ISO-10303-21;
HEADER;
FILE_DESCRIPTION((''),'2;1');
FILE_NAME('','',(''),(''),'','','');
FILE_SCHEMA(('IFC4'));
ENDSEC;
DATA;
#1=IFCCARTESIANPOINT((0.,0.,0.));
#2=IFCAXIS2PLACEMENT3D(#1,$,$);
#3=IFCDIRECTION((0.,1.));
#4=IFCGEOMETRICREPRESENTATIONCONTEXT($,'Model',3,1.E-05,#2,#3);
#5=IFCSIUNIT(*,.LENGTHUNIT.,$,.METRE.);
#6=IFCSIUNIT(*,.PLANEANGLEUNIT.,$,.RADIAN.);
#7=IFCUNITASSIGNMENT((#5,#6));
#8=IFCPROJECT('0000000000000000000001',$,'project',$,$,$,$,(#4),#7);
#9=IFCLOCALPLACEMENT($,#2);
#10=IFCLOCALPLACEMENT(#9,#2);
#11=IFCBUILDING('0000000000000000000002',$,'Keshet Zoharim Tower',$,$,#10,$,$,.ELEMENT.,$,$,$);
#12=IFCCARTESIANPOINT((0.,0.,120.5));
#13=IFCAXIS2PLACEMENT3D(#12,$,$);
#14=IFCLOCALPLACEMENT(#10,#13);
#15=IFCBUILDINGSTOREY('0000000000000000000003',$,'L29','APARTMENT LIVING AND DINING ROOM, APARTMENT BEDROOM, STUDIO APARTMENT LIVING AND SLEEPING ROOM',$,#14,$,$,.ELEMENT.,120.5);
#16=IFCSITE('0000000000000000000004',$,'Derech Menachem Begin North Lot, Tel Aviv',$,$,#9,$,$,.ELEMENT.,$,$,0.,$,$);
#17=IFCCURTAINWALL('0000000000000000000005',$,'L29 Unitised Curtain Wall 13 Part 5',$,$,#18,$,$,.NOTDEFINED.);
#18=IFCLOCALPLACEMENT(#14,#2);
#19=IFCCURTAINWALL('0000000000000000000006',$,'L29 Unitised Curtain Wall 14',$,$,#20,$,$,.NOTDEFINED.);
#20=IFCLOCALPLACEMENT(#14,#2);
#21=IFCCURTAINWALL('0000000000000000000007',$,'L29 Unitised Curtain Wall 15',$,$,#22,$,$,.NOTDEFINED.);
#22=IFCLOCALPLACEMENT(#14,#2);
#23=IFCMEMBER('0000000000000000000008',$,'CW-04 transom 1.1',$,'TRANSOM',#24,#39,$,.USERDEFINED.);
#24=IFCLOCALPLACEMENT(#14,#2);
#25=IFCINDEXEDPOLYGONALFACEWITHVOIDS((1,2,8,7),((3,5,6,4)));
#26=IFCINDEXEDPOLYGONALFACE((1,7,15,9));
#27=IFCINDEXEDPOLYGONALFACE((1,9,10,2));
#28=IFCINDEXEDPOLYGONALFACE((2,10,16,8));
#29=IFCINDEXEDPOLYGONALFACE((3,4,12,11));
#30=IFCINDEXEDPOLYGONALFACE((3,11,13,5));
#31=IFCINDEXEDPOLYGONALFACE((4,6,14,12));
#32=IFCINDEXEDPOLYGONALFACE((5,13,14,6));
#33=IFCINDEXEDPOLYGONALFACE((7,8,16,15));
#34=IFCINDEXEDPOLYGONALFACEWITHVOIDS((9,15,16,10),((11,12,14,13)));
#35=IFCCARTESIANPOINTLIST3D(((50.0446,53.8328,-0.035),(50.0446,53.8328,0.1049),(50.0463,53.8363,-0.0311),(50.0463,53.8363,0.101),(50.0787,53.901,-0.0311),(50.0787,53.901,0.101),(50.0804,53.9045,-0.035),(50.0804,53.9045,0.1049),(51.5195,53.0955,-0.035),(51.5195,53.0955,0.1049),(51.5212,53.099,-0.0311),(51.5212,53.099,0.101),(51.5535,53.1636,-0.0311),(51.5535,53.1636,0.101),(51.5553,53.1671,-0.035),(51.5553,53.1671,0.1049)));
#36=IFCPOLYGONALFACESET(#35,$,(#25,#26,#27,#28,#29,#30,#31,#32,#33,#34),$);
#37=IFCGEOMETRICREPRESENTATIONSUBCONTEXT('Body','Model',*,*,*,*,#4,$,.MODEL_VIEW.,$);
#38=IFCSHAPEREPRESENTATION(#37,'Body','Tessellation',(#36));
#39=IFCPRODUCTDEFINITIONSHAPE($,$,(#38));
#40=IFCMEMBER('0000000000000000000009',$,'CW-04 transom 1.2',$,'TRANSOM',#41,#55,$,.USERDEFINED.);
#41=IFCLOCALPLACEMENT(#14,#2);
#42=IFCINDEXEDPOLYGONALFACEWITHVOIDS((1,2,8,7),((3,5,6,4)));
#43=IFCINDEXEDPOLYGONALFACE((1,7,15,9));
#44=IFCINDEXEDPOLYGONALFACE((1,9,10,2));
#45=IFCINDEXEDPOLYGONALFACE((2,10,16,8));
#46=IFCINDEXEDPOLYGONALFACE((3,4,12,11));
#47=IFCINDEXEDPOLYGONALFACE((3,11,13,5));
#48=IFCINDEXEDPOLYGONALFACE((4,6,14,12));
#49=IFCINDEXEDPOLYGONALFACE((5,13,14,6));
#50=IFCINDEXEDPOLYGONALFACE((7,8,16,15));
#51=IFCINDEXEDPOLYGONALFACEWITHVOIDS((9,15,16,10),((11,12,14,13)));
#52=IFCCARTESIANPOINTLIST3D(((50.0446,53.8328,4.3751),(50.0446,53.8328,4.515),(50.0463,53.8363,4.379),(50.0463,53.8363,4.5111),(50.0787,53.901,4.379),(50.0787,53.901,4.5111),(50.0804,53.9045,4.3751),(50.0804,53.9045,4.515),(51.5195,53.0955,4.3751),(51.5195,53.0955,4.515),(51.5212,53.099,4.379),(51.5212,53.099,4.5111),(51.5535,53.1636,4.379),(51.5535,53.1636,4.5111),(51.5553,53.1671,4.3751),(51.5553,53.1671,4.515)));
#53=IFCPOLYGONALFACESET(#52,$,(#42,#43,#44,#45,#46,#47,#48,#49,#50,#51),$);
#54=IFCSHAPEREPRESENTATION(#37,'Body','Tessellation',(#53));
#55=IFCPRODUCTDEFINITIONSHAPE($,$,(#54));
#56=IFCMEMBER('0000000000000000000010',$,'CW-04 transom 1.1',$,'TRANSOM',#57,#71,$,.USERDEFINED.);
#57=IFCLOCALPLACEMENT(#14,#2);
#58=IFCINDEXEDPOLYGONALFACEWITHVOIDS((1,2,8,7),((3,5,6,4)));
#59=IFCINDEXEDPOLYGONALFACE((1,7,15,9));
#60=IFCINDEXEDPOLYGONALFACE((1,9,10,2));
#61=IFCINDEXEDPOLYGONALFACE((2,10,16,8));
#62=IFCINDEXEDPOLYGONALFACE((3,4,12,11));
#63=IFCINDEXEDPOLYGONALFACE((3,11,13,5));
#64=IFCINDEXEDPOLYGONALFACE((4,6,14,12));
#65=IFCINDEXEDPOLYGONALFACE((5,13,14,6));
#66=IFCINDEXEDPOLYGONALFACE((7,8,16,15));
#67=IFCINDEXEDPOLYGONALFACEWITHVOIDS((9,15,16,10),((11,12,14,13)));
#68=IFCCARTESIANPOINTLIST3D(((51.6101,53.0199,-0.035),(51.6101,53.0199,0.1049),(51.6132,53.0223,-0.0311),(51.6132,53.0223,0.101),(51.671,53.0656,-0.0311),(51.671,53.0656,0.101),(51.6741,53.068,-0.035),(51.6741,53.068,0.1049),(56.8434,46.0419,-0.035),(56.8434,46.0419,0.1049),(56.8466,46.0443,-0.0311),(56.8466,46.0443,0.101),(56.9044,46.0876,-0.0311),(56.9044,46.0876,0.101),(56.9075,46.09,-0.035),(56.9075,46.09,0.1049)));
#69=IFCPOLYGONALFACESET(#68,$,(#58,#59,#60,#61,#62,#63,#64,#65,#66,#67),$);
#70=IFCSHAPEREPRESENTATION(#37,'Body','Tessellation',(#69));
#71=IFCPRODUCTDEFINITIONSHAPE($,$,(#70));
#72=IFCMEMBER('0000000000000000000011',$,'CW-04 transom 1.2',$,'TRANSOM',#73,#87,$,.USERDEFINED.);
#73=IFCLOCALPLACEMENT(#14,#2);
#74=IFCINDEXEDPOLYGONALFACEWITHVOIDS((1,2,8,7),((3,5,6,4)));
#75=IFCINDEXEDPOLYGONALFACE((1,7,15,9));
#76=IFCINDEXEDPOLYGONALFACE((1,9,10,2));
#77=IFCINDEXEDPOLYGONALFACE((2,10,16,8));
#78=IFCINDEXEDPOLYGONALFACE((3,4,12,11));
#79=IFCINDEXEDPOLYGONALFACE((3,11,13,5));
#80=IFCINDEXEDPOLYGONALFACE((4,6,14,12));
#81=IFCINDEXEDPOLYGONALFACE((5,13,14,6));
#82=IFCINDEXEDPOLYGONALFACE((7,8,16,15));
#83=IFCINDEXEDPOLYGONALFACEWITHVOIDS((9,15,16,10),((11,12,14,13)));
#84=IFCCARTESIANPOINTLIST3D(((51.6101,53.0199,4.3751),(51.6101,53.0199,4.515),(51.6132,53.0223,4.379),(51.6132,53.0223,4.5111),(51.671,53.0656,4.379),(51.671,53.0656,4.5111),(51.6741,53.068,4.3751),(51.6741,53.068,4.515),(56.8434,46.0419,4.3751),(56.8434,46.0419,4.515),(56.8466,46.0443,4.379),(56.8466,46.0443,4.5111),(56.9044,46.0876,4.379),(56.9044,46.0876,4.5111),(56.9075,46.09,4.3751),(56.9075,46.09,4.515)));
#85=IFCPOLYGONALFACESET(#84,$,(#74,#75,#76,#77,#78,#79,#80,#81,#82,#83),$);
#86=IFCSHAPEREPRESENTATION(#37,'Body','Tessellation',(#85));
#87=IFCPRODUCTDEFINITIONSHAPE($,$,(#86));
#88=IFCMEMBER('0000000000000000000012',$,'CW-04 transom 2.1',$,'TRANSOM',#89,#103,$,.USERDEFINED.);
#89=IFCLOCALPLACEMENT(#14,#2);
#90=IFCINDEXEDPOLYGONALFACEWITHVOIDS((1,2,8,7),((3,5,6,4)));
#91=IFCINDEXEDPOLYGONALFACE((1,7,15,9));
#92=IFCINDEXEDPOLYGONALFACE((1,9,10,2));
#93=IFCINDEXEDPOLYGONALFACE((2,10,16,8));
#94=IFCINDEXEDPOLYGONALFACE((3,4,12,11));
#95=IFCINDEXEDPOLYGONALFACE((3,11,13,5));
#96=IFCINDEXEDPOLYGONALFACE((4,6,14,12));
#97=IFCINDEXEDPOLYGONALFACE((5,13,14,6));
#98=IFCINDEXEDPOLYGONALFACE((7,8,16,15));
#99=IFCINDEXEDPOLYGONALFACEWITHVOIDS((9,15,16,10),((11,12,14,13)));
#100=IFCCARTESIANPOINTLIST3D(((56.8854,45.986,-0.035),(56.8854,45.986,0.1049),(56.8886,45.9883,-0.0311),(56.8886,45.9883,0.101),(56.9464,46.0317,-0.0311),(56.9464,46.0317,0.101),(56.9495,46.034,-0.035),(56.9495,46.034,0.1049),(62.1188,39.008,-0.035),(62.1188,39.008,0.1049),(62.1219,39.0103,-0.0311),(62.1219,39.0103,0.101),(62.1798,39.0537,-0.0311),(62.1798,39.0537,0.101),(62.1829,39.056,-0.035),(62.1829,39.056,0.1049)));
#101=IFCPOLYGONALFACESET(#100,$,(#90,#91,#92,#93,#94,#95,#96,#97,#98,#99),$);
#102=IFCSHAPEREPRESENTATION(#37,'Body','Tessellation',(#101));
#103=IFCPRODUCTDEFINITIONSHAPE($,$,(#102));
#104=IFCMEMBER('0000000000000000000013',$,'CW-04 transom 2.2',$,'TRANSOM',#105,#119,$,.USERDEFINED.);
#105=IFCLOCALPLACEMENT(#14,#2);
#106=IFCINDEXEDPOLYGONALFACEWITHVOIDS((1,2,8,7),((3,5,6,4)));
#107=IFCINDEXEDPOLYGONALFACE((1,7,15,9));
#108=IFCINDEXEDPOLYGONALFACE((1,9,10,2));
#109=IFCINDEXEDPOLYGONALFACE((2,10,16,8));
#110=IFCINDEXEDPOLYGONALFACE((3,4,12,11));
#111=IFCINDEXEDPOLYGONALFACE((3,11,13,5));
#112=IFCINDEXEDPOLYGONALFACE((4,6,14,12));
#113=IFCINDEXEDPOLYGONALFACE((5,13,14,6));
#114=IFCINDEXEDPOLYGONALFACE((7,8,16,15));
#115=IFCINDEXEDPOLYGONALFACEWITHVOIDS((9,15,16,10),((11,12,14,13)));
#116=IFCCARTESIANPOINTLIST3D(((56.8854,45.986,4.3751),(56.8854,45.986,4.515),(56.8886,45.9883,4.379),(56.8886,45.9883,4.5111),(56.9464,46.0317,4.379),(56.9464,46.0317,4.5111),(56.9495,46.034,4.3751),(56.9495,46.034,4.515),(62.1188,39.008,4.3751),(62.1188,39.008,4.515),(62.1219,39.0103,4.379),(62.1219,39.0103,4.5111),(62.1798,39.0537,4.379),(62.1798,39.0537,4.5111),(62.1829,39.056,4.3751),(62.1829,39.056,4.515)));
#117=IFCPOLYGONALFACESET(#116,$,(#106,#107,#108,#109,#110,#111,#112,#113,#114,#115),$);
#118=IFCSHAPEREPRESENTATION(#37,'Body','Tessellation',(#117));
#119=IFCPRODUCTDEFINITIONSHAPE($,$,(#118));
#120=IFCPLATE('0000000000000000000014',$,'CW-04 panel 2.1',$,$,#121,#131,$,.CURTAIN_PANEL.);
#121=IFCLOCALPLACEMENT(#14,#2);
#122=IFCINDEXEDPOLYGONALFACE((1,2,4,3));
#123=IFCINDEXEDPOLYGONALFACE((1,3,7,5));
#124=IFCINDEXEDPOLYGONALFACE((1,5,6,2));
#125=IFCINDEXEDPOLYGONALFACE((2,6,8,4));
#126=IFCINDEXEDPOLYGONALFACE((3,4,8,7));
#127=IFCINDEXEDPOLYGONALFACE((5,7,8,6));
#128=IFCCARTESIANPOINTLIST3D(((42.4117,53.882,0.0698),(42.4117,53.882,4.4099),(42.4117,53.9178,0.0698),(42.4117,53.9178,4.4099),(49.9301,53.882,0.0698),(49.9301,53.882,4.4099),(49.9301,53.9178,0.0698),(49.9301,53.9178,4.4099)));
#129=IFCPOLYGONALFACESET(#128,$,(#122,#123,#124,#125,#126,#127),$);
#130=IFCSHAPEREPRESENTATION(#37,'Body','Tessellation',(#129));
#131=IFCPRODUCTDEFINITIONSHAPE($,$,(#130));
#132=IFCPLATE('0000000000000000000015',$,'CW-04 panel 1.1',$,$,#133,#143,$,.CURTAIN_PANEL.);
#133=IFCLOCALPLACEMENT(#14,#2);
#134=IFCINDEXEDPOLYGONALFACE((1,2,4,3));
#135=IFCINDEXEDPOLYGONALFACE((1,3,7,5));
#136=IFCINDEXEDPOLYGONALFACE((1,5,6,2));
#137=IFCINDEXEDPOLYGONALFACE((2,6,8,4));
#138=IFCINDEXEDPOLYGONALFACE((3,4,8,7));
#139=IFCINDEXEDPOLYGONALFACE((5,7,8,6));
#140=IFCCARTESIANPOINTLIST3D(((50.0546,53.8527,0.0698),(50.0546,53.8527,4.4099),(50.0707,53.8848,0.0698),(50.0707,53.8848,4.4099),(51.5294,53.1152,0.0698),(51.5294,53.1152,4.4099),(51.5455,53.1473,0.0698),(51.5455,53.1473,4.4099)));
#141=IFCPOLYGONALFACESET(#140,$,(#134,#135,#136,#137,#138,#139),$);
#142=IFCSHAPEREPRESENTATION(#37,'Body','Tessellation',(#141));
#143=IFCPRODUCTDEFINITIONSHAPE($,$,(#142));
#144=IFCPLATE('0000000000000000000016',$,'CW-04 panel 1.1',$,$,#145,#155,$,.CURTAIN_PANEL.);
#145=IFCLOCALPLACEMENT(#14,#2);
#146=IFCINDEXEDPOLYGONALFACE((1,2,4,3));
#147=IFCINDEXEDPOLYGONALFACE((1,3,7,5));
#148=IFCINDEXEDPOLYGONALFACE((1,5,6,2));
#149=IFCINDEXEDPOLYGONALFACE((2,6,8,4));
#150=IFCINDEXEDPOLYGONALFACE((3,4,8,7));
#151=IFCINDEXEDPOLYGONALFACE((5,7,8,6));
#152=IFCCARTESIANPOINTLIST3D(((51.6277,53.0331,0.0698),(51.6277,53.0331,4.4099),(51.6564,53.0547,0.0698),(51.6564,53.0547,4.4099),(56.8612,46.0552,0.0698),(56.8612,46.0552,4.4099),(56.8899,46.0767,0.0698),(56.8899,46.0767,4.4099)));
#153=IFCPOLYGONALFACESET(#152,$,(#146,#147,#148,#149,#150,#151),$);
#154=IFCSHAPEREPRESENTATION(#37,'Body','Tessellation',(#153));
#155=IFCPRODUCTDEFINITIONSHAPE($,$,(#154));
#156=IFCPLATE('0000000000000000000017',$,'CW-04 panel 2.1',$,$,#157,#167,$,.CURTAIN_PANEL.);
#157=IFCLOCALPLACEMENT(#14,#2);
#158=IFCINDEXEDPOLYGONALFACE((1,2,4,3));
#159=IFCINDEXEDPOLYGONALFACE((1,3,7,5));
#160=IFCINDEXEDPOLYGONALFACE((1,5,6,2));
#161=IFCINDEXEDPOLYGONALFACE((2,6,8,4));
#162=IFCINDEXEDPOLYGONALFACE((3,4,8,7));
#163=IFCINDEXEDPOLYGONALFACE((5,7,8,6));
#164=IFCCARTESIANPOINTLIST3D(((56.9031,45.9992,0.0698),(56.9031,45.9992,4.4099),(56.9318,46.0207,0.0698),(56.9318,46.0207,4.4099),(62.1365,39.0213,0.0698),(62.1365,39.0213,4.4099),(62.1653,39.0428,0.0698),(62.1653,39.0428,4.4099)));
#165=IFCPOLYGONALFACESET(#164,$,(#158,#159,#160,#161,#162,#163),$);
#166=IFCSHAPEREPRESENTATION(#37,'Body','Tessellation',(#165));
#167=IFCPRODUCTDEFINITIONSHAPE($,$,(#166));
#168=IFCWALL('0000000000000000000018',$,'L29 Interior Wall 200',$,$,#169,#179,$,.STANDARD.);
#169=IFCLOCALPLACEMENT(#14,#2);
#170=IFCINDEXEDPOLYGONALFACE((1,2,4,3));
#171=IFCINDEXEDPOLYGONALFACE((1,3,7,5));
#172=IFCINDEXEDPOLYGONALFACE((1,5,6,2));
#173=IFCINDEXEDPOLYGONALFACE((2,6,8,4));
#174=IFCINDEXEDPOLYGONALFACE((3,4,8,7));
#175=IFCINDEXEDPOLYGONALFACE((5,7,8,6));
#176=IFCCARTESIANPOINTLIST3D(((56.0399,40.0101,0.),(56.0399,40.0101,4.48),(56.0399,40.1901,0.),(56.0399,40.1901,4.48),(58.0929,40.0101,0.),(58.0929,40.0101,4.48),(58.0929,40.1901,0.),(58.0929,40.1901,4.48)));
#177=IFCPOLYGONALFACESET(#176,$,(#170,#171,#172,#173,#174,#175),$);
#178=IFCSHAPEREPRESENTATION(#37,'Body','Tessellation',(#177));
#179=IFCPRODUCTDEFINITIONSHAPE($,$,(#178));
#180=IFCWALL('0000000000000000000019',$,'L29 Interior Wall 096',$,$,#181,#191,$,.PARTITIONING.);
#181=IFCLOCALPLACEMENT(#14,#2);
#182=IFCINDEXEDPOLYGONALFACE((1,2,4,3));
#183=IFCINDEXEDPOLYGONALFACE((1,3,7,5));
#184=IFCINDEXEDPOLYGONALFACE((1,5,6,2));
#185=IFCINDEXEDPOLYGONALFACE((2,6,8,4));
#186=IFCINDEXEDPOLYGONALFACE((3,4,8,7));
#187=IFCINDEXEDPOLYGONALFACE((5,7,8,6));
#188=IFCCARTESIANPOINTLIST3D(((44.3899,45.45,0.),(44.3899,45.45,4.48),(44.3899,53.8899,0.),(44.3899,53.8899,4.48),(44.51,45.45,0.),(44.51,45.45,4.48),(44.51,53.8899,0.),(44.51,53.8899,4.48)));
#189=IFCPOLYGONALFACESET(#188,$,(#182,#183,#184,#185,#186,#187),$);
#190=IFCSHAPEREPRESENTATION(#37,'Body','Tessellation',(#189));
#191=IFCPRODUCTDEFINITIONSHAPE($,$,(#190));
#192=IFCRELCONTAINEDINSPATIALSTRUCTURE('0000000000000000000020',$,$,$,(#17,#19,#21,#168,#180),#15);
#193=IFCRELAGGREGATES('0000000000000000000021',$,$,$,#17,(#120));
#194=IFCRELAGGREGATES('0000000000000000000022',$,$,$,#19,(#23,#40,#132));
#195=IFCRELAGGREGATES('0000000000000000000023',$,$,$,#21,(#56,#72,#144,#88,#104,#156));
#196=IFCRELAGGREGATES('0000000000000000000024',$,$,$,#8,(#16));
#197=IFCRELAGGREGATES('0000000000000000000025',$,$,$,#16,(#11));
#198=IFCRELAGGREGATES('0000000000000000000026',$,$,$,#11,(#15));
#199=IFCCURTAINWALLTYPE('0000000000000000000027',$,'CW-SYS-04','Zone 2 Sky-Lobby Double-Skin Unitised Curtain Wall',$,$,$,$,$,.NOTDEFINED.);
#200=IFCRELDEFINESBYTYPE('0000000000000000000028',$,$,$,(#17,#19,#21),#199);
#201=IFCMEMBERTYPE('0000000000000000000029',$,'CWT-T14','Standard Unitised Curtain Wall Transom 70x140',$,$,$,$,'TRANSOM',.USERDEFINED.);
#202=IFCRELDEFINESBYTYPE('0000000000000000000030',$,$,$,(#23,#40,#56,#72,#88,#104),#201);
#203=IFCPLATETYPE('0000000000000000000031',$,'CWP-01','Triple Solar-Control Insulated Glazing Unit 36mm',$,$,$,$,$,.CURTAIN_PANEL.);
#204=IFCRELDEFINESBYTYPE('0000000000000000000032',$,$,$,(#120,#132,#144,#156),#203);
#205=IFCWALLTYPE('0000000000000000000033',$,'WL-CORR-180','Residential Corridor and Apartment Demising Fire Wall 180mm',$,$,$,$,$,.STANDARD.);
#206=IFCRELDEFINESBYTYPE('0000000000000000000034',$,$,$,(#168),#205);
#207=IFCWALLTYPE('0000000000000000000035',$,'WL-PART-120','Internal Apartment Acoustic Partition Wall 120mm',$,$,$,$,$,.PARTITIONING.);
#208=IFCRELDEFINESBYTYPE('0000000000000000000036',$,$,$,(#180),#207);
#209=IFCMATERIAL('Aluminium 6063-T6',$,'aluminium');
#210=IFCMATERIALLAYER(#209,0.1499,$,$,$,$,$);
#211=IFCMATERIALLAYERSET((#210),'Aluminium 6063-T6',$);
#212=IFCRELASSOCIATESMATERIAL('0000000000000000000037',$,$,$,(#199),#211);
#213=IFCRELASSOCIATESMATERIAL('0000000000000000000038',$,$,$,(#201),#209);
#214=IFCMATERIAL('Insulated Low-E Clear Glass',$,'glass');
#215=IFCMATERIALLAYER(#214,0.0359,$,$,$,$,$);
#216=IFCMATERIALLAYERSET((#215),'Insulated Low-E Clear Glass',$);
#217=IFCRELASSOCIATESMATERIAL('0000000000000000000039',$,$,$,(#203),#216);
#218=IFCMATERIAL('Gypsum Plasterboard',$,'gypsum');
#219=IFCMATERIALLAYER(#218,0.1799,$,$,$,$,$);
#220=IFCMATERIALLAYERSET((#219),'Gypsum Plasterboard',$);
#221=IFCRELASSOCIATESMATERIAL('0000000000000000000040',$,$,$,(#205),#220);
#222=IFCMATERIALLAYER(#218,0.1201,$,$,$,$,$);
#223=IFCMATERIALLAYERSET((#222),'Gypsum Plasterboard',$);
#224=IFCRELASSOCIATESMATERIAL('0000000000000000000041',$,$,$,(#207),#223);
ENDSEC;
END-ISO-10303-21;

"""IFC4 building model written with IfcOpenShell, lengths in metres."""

from ifc_helpers import new_model, si_unit, direction, frame, frame_2d, origin, origin_2d, place, context, subcontext, project, spatial, rectangle, hollow_rectangle, extrude, material, layer, layer_set, material_profile, profile_set, type_object, element, aggregate, save


model = new_model("IFC4")

# Units and contexts
model_context = context("Model", 3, precision=1e-05, world=origin(), true_north=direction((0.0, 1.0)))
body_context = subcontext(model_context, "Body", "Model", "MODEL_VIEW")
ifc_project = project(units=[si_unit("LENGTHUNIT", "METRE"), si_unit("PLANEANGLEUNIT", "RADIAN")], contexts=[model_context])

# Site, building, storey
site_placement = place(None, origin())
site = spatial("IfcSite", under=ifc_project, at=site_placement, Name="Derech Menachem Begin North Lot, Tel Aviv", CompositionType="ELEMENT", RefElevation=0.0)
building_placement = place(site_placement, origin())
building = spatial("IfcBuilding", under=site, at=building_placement, Name="Keshet Zoharim Tower", CompositionType="ELEMENT")
storey_placement = place(building_placement, frame((0.0, 0.0, 120.5)))
storey = spatial("IfcBuildingStorey", under=building, at=storey_placement, Name="L29", Description="APARTMENT LIVING AND DINING ROOM, APARTMENT BEDROOM, STUDIO APARTMENT LIVING AND SLEEPING ROOM", CompositionType="ELEMENT", Elevation=120.5)

# Curtain walls
ifc_material_1 = material(Name="Aluminium 6063-T6", Category="aluminium")
ifc_layer_1 = layer(ifc_material_1, 0.1499)
ifc_layer_set_1 = layer_set([ifc_layer_1], Name="Aluminium 6063-T6")
curtain_wall_type = type_object("IfcCurtainWallType", Name="CW-SYS-04", Description="Zone 2 Sky-Lobby Double-Skin Unitised Curtain Wall", PredefinedType="NOTDEFINED", material=ifc_layer_set_1)
curtain_wall_1_placement = place(storey_placement, origin())
curtain_wall_1 = element("IfcCurtainWall", 1, at=curtain_wall_1_placement, inside=storey, type_object=curtain_wall_type, Name="L29 Unitised Curtain Wall 13 Part 5", PredefinedType="NOTDEFINED")
curtain_wall_2_placement = place(storey_placement, origin())
curtain_wall_2 = element("IfcCurtainWall", 2, at=curtain_wall_2_placement, inside=storey, type_object=curtain_wall_type, Name="L29 Unitised Curtain Wall 14", PredefinedType="NOTDEFINED")
curtain_wall_3_placement = place(storey_placement, origin())
curtain_wall_3 = element("IfcCurtainWall", 3, at=curtain_wall_3_placement, inside=storey, type_object=curtain_wall_type, Name="L29 Unitised Curtain Wall 15", PredefinedType="NOTDEFINED")

# Members
ifc_material_profile_1 = material_profile(ifc_material_1, hollow_rectangle(XDim=0.0801, YDim=0.1399, WallThickness=0.0039, at=origin_2d()), Name="TRN-80x140")
ifc_profile_set_1 = profile_set([ifc_material_profile_1], Name="Aluminium 6063-T6")
member_type_1 = type_object("IfcMemberType", Name="CWT-T14", Description="Standard Unitised Curtain Wall Transom 70x140", ElementType="TRANSOM", PredefinedType="USERDEFINED", material=ifc_profile_set_1)
member_1_placement = place(storey_placement, frame((50.0625, 53.8687, 0.0349), z_axis=(0.894457, -0.447154, 0.0), x_axis=(0.447154, 0.894457, 0.0)))
member_1 = element("IfcMember", 4, at=member_1_placement, type_object=member_type_1, Name="CW-04 transom 1.1", ObjectType="TRANSOM", PredefinedType="USERDEFINED", context=body_context, shape_type="SweptSolid", body=[
    extrude(hollow_rectangle(XDim=0.0801, YDim=0.1399, WallThickness=0.0039, at=origin_2d()), origin(), (0.0, 0.0, 1.0), 1.6489),
])
member_2_placement = place(storey_placement, frame((50.0625, 53.8687, 4.4451), z_axis=(0.894457, -0.447154, 0.0), x_axis=(0.447154, 0.894457, 0.0)))
member_2 = element("IfcMember", 5, at=member_2_placement, type_object=member_type_1, Name="CW-04 transom 1.2", ObjectType="TRANSOM", PredefinedType="USERDEFINED", context=body_context, shape_type="SweptSolid", body=[
    extrude(hollow_rectangle(XDim=0.0801, YDim=0.1399, WallThickness=0.0039, at=origin_2d()), origin(), (0.0, 0.0, 1.0), 1.6489),
])
member_3_placement = place(storey_placement, frame((51.6421, 53.0439, 0.0349), z_axis=(0.599991, -0.800007, 0.0), x_axis=(0.800007, 0.599991, 0.0)))
member_3 = element("IfcMember", 6, at=member_3_placement, type_object=member_type_1, Name="CW-04 transom 1.1", ObjectType="TRANSOM", PredefinedType="USERDEFINED", context=body_context, shape_type="SweptSolid", body=[
    extrude(hollow_rectangle(XDim=0.0801, YDim=0.1399, WallThickness=0.0039, at=origin_2d()), origin(), (0.0, 0.0, 1.0), 8.7224),
])
member_4_placement = place(storey_placement, frame((51.6421, 53.0439, 4.4451), z_axis=(0.599991, -0.800007, 0.0), x_axis=(0.800007, 0.599991, 0.0)))
member_4 = element("IfcMember", 7, at=member_4_placement, type_object=member_type_1, Name="CW-04 transom 1.2", ObjectType="TRANSOM", PredefinedType="USERDEFINED", context=body_context, shape_type="SweptSolid", body=[
    extrude(hollow_rectangle(XDim=0.0801, YDim=0.1399, WallThickness=0.0039, at=origin_2d()), origin(), (0.0, 0.0, 1.0), 8.7224),
])
member_5_placement = place(storey_placement, frame((56.9175, 46.01, 0.0349), z_axis=(0.599991, -0.800007, 0.0), x_axis=(0.800007, 0.599991, 0.0)))
member_5 = element("IfcMember", 8, at=member_5_placement, type_object=member_type_1, Name="CW-04 transom 2.1", ObjectType="TRANSOM", PredefinedType="USERDEFINED", context=body_context, shape_type="SweptSolid", body=[
    extrude(hollow_rectangle(XDim=0.0801, YDim=0.1399, WallThickness=0.0039, at=origin_2d()), origin(), (0.0, 0.0, 1.0), 8.7224),
])
member_6_placement = place(storey_placement, frame((56.9175, 46.01, 4.4451), z_axis=(0.599991, -0.800007, 0.0), x_axis=(0.800007, 0.599991, 0.0)))
member_6 = element("IfcMember", 9, at=member_6_placement, type_object=member_type_1, Name="CW-04 transom 2.2", ObjectType="TRANSOM", PredefinedType="USERDEFINED", context=body_context, shape_type="SweptSolid", body=[
    extrude(hollow_rectangle(XDim=0.0801, YDim=0.1399, WallThickness=0.0039, at=origin_2d()), origin(), (0.0, 0.0, 1.0), 8.7224),
])

# Plates
ifc_material_2 = material(Name="Insulated Low-E Clear Glass", Category="glass")
ifc_layer_2 = layer(ifc_material_2, 0.0359)
ifc_layer_set_2 = layer_set([ifc_layer_2], Name="Insulated Low-E Clear Glass")
plate_type = type_object("IfcPlateType", Name="CWP-01", Description="Triple Solar-Control Insulated Glazing Unit 36mm", PredefinedType="CURTAIN_PANEL", material=ifc_layer_set_2)
plate_1_placement = place(storey_placement, frame((46.1709, 53.8999, 0.0698), z_axis=(0.0, 0.0, 1.0), x_axis=(1.0, 0.0, 0.0)))
plate_1 = element("IfcPlate", 10, at=plate_1_placement, type_object=plate_type, Name="CW-04 panel 2.1", PredefinedType="CURTAIN_PANEL", context=body_context, shape_type="SweptSolid", body=[
    extrude(rectangle(XDim=7.5183, YDim=0.0359, at=origin_2d()), origin(), (0.0, 0.0, 1.0), 4.3401),
])
aggregate(curtain_wall_1, [plate_1])
plate_2_placement = place(storey_placement, frame((50.8, 53.5, 0.0698), z_axis=(0.0, 0.0, 1.0), x_axis=(0.894427, -0.447214, 0.0)))
plate_2 = element("IfcPlate", 11, at=plate_2_placement, type_object=plate_type, Name="CW-04 panel 1.1", PredefinedType="CURTAIN_PANEL", context=body_context, shape_type="SweptSolid", body=[
    extrude(rectangle(XDim=1.6489, YDim=0.0359, at=origin_2d()), origin(), (0.0, 0.0, 1.0), 4.3401),
])
aggregate(curtain_wall_2, [member_1, member_2, plate_2])
plate_3_placement = place(storey_placement, frame((54.2588, 49.5549, 0.0698), z_axis=(0.0, 0.0, 1.0), x_axis=(0.6, -0.8, 0.0)))
plate_3 = element("IfcPlate", 12, at=plate_3_placement, type_object=plate_type, Name="CW-04 panel 1.1", PredefinedType="CURTAIN_PANEL", context=body_context, shape_type="SweptSolid", body=[
    extrude(rectangle(XDim=8.7224, YDim=0.0359, at=origin_2d()), origin(), (0.0, 0.0, 1.0), 4.3401),
])
plate_4_placement = place(storey_placement, frame((59.5342, 42.521, 0.0698), z_axis=(0.0, 0.0, 1.0), x_axis=(0.6, -0.8, 0.0)))
plate_4 = element("IfcPlate", 13, at=plate_4_placement, type_object=plate_type, Name="CW-04 panel 2.1", PredefinedType="CURTAIN_PANEL", context=body_context, shape_type="SweptSolid", body=[
    extrude(rectangle(XDim=8.7224, YDim=0.0359, at=origin_2d()), origin(), (0.0, 0.0, 1.0), 4.3401),
])
aggregate(curtain_wall_3, [member_3, member_4, plate_3, member_5, member_6, plate_4])

# Walls
ifc_material_3 = material(Name="Gypsum Plasterboard", Category="gypsum")
ifc_layer_3 = layer(ifc_material_3, 0.1799)
ifc_layer_set_3 = layer_set([ifc_layer_3], Name="Gypsum Plasterboard")
wall_type_1 = type_object("IfcWallType", Name="WL-CORR-180", Description="Residential Corridor and Apartment Demising Fire Wall 180mm", PredefinedType="STANDARD", material=ifc_layer_set_3)
wall_1_placement = place(storey_placement, frame((56.04, 40.1001, 0.0), z_axis=(0.0, 0.0, 1.0), x_axis=(1.0, 0.0, 0.0)))
element("IfcWall", 14, at=wall_1_placement, inside=storey, type_object=wall_type_1, Name="L29 Interior Wall 200", PredefinedType="STANDARD", context=body_context, shape_type="SweptSolid", body=[
    extrude(rectangle(XDim=2.053, YDim=0.1799, at=frame_2d((1.0264, 0.0))), origin(), (0.0, 0.0, 1.0), 4.48),
])
ifc_layer_4 = layer(ifc_material_3, 0.1201)
ifc_layer_set_4 = layer_set([ifc_layer_4], Name="Gypsum Plasterboard")
wall_type_2 = type_object("IfcWallType", Name="WL-PART-120", Description="Internal Apartment Acoustic Partition Wall 120mm", PredefinedType="PARTITIONING", material=ifc_layer_set_4)
wall_2_placement = place(storey_placement, frame((44.45, 45.45, 0.0), z_axis=(0.0, 0.0, 1.0), x_axis=(0.0, 1.0, 0.0)))
element("IfcWall", 15, at=wall_2_placement, inside=storey, type_object=wall_type_2, Name="L29 Interior Wall 096", PredefinedType="PARTITIONING", context=body_context, shape_type="SweptSolid", body=[
    extrude(rectangle(XDim=8.4399, YDim=0.1201, at=frame_2d((4.22, 0.0))), origin(), (0.0, 0.0, 1.0), 4.48),
])

save(model, "model.ifc")
